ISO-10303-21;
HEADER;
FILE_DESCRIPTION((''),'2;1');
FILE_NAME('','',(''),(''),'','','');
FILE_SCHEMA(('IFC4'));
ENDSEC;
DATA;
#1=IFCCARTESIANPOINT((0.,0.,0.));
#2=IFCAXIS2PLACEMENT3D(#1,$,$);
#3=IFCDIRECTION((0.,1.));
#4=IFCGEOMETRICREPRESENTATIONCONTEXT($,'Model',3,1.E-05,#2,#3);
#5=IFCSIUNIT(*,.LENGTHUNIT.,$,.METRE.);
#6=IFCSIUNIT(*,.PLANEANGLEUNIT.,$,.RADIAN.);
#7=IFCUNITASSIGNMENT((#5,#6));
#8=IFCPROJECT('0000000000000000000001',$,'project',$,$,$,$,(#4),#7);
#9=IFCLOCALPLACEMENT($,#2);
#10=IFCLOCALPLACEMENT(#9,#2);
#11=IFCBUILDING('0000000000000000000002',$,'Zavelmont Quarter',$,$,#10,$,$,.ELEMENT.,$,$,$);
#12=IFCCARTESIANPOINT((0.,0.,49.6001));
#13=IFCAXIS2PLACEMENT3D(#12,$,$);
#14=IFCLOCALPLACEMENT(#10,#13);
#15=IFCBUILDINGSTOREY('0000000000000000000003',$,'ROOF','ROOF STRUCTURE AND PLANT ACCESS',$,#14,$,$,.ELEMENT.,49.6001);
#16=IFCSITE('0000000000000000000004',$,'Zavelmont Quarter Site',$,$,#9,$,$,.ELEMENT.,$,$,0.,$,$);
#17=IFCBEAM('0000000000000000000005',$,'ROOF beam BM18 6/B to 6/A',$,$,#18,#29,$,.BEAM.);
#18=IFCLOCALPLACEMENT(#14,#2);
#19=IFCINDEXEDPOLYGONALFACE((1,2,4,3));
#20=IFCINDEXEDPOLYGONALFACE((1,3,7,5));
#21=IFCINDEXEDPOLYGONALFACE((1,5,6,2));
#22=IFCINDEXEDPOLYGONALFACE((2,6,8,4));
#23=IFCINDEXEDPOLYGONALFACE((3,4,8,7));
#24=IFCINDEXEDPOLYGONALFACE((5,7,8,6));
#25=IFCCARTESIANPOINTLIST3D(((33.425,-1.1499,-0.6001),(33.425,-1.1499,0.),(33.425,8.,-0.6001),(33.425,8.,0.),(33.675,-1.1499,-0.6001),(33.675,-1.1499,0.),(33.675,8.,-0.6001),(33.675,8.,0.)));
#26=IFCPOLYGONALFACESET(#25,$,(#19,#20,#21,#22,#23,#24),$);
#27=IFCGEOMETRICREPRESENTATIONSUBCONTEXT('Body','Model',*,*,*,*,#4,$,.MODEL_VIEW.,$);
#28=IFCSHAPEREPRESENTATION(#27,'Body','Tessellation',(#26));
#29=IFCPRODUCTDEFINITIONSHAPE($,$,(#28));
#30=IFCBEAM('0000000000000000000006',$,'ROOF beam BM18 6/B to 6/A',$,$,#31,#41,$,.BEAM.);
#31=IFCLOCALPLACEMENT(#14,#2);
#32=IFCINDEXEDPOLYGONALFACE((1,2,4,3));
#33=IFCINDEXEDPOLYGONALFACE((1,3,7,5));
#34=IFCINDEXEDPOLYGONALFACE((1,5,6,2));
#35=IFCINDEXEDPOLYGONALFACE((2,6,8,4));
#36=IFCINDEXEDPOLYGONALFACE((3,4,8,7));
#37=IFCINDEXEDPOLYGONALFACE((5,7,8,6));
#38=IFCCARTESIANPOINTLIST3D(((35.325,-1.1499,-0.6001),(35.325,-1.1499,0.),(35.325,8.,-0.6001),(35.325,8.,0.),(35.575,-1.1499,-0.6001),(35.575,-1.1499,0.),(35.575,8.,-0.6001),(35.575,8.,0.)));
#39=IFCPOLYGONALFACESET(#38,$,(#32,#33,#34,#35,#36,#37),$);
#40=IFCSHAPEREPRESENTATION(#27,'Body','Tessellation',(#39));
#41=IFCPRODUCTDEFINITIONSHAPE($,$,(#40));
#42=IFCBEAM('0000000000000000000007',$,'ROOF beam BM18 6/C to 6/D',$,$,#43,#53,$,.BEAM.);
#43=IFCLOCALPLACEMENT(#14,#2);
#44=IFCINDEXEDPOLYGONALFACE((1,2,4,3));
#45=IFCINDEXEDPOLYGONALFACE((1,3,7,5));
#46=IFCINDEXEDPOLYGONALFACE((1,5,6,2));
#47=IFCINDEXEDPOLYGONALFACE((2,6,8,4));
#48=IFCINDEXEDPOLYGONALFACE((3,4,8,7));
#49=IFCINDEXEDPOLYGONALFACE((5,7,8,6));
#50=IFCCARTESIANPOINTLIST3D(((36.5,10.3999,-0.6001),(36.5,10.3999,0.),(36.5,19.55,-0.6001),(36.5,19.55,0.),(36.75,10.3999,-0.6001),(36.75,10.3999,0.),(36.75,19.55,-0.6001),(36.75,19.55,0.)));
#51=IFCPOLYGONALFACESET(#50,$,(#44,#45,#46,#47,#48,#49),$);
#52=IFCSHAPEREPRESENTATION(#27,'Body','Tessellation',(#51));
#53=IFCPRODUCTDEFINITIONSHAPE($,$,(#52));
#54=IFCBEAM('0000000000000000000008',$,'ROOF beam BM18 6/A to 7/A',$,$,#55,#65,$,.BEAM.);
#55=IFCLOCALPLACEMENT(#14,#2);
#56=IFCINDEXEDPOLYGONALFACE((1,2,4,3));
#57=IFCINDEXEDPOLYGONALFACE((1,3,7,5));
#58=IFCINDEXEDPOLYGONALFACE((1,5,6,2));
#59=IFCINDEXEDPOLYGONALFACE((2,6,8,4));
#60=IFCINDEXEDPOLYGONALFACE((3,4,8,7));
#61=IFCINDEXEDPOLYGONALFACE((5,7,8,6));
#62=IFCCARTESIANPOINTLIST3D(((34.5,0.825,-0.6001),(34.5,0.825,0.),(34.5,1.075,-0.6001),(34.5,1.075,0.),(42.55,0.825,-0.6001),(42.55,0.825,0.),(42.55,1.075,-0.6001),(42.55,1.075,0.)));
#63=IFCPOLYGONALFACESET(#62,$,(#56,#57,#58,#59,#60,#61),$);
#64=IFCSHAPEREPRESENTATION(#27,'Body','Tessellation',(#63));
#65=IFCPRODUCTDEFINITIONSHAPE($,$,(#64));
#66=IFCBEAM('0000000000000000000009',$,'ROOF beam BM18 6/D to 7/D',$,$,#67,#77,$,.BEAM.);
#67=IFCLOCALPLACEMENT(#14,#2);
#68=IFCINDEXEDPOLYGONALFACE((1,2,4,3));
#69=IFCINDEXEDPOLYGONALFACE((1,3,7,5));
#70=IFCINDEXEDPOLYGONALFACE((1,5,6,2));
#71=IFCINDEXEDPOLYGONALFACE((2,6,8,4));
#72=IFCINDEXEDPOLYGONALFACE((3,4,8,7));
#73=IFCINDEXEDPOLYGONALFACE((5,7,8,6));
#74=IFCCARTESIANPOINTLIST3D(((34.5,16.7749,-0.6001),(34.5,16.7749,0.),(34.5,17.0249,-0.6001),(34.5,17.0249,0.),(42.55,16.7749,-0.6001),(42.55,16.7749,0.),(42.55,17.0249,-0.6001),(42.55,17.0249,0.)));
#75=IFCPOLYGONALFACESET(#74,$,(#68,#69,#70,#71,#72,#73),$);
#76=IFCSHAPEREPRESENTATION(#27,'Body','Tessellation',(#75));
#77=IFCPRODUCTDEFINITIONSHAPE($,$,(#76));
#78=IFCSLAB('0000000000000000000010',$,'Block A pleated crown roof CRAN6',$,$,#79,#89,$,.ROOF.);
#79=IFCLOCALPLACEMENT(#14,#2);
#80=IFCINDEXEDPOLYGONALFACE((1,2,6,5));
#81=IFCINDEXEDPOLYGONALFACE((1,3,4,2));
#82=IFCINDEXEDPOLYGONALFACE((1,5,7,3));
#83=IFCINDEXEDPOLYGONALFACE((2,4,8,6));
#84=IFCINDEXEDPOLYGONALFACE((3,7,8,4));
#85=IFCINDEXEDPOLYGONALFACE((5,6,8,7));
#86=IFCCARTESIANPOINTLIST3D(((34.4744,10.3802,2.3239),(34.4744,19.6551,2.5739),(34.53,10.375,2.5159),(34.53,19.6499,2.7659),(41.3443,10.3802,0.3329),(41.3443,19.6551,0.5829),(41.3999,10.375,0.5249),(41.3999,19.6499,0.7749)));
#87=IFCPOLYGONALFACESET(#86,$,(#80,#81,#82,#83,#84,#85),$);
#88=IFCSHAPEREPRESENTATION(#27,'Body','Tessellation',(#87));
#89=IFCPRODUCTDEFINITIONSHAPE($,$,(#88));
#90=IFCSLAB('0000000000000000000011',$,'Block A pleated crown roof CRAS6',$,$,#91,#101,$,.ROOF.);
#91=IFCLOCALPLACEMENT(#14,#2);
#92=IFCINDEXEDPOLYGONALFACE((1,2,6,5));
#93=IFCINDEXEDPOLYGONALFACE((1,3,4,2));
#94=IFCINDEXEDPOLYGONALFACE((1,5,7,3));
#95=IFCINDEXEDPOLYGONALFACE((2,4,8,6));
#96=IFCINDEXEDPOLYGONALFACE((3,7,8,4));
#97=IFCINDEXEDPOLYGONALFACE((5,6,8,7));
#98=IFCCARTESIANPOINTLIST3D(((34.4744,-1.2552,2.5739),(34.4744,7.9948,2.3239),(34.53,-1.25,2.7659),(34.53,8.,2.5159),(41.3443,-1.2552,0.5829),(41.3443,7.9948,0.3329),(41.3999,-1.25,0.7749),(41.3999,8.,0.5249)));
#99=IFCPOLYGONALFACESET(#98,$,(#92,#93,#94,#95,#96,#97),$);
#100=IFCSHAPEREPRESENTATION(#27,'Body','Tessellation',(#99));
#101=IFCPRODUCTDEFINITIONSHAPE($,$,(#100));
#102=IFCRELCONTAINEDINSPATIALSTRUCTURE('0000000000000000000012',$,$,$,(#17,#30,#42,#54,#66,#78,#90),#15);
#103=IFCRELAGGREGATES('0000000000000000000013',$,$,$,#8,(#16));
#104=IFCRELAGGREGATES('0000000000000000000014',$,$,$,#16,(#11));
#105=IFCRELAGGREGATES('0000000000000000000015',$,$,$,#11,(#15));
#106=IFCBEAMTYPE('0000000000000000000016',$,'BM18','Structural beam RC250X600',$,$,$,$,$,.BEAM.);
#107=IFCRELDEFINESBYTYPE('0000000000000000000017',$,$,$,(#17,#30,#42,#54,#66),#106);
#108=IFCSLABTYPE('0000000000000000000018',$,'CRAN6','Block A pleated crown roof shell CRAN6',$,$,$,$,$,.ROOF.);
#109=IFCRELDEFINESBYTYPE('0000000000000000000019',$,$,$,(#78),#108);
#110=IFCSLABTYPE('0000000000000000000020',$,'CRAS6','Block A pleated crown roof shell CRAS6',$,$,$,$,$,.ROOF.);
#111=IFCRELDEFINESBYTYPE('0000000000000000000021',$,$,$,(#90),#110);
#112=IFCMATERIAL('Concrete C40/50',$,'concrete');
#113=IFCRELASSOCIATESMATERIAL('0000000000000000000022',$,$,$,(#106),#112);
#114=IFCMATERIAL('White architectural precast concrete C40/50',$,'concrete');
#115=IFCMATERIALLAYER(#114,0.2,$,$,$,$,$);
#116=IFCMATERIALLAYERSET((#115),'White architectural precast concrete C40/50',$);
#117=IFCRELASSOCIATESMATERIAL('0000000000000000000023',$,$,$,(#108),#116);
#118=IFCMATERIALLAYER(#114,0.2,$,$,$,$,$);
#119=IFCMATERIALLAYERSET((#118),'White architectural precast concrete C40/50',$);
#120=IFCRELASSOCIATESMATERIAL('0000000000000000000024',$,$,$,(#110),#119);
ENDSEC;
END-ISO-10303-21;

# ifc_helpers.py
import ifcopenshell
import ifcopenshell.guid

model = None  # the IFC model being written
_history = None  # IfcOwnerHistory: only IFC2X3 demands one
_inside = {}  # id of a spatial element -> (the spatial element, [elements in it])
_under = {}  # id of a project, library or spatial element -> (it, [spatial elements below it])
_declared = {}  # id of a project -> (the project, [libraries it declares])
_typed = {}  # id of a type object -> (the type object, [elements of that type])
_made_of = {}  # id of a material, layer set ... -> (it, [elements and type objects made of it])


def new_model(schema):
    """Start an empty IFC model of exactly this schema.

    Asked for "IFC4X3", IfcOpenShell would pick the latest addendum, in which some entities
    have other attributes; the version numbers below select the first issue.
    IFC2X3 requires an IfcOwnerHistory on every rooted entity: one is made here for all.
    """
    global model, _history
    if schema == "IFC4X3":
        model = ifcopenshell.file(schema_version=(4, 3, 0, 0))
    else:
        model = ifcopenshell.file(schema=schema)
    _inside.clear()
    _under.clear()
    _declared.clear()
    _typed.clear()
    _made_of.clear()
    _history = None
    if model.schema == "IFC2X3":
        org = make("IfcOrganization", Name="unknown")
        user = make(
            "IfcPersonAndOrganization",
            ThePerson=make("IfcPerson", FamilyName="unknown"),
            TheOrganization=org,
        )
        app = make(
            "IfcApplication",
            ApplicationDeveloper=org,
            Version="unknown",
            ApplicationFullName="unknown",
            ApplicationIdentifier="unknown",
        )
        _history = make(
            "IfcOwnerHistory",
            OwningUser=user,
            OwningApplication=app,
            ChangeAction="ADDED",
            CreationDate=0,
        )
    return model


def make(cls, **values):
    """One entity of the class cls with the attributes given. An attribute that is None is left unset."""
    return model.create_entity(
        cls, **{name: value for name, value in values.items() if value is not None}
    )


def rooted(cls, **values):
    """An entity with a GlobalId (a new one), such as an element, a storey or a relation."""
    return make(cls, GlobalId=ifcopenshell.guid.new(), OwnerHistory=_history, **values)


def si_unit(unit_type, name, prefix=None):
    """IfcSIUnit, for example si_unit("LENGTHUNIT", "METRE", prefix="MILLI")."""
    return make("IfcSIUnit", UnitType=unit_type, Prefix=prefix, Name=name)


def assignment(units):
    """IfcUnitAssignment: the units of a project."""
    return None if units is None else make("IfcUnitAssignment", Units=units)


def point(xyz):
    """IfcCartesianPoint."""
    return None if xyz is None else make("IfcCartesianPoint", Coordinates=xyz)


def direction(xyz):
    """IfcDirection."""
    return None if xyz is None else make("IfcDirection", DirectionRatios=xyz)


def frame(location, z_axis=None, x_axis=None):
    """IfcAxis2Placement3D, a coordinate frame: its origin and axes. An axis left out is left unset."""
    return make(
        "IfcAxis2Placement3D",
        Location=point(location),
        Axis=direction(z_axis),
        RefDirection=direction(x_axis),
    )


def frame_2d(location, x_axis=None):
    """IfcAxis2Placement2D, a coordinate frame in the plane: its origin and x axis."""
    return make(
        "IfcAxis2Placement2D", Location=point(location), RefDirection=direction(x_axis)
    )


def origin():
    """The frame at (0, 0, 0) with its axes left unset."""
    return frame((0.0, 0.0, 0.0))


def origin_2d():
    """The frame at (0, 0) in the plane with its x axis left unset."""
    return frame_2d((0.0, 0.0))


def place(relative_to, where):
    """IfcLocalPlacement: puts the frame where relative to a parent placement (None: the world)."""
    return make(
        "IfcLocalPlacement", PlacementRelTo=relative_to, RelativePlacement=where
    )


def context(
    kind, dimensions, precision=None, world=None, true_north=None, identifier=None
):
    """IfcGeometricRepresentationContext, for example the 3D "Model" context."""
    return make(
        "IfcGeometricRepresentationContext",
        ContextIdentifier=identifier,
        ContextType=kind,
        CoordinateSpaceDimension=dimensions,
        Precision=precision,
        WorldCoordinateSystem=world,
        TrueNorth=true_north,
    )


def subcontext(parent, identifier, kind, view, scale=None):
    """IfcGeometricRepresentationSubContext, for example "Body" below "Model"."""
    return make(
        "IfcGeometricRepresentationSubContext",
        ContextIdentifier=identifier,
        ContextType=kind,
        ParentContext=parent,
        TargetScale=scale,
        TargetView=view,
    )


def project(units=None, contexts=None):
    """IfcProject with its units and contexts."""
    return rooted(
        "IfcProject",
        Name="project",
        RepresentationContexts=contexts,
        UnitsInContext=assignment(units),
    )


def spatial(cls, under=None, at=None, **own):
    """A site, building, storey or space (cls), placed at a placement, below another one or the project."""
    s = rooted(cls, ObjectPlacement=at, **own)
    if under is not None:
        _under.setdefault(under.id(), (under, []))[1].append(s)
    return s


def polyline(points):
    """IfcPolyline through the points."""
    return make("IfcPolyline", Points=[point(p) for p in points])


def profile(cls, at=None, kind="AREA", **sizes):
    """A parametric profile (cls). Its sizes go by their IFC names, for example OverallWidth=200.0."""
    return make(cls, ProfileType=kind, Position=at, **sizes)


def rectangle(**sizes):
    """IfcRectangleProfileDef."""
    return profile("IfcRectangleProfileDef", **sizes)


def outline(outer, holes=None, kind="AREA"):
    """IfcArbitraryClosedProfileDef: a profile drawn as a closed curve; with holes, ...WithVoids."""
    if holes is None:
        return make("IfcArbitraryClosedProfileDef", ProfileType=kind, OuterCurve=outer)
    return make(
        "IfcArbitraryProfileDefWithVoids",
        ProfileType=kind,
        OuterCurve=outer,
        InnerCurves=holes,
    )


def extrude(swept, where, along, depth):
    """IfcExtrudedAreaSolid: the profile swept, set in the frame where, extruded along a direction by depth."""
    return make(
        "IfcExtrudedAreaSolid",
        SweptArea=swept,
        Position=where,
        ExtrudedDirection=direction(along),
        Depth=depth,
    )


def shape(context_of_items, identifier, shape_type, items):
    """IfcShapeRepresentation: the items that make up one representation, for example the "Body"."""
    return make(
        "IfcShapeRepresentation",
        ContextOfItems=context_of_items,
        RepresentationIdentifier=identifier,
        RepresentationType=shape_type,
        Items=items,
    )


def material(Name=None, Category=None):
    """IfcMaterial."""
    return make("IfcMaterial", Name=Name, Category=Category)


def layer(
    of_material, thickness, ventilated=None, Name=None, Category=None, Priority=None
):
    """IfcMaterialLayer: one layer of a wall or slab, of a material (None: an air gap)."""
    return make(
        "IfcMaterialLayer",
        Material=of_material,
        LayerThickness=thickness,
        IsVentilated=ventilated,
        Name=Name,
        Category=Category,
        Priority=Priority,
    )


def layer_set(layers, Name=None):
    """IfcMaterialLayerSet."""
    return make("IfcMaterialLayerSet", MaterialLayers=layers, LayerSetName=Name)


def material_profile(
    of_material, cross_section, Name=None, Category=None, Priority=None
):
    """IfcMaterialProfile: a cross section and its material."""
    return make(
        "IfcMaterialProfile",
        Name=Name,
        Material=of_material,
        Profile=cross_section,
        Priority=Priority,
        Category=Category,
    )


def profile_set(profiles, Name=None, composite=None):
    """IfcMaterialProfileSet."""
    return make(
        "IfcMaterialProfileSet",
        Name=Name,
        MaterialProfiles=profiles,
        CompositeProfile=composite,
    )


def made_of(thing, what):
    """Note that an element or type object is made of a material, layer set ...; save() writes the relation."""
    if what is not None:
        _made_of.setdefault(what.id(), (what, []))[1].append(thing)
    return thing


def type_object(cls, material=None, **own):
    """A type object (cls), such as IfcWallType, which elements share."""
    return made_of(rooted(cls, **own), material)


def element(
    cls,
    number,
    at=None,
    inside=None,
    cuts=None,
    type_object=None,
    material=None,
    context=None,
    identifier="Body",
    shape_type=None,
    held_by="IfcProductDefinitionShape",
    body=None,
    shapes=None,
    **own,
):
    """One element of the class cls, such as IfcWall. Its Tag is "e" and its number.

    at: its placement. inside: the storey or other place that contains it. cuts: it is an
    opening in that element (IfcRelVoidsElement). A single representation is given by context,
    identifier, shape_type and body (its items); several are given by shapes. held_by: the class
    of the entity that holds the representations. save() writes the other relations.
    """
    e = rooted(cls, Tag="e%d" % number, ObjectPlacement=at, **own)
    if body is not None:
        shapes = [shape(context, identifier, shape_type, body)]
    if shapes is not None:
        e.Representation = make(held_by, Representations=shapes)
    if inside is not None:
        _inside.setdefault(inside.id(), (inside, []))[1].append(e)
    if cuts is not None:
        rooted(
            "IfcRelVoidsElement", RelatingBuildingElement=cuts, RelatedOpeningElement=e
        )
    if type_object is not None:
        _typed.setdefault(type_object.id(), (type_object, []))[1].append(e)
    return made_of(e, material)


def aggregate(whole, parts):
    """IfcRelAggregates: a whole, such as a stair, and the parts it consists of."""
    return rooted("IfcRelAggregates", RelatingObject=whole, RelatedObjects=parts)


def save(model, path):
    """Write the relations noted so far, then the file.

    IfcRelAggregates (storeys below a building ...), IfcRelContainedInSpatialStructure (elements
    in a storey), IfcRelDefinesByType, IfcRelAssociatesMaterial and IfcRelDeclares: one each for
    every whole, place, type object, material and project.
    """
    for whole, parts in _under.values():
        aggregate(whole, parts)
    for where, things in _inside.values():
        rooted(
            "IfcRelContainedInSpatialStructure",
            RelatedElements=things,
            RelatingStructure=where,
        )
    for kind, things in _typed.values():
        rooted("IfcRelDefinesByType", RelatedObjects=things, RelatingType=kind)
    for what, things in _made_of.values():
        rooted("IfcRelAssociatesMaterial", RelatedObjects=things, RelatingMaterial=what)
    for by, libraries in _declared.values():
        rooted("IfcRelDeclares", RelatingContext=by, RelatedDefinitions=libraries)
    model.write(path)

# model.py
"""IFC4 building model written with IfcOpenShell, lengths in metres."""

from ifc_helpers import new_model, si_unit, direction, frame, origin, origin_2d, place, context, subcontext, project, spatial, polyline, rectangle, outline, extrude, material, layer, layer_set, material_profile, profile_set, type_object, element, save


model = new_model("IFC4")

# Units and contexts
model_context = context("Model", 3, precision=1e-05, world=origin(), true_north=direction((0.0, 1.0)))
body_context = subcontext(model_context, "Body", "Model", "MODEL_VIEW")
ifc_project = project(units=[si_unit("LENGTHUNIT", "METRE"), si_unit("PLANEANGLEUNIT", "RADIAN")], contexts=[model_context])

# Site, building, storey
site_placement = place(None, origin())
site = spatial("IfcSite", under=ifc_project, at=site_placement, Name="Zavelmont Quarter Site", CompositionType="ELEMENT", RefElevation=0.0)
building_placement = place(site_placement, origin())
building = spatial("IfcBuilding", under=site, at=building_placement, Name="Zavelmont Quarter", CompositionType="ELEMENT")
storey_placement = place(building_placement, frame((0.0, 0.0, 49.6001)))
storey = spatial("IfcBuildingStorey", under=building, at=storey_placement, Name="ROOF", Description="ROOF STRUCTURE AND PLANT ACCESS", CompositionType="ELEMENT", Elevation=49.6001)

# Beams
ifc_material_1 = material(Name="Concrete C40/50", Category="concrete")
ifc_material_profile_1 = material_profile(ifc_material_1, rectangle(XDim=0.25, YDim=0.6001, at=origin_2d()), Name="RC250X600")
ifc_profile_set_1 = profile_set([ifc_material_profile_1], Name="Concrete C40/50")
beam_type_1 = type_object("IfcBeamType", Name="BM18", Description="Structural beam RC250X600", PredefinedType="BEAM", material=ifc_profile_set_1)
for number, where, z_axis, x_axis, name in (
    (1, (33.55, 8.0, -0.3), (0.0, -1.0, 0.0), (1.0, 0.0, 0.0), "ROOF beam BM18 6/B to 6/A"),
    (2, (35.45, 8.0, -0.3), (0.0, -1.0, 0.0), (1.0, 0.0, 0.0), "ROOF beam BM18 6/B to 6/A"),
):
    element("IfcBeam", number, at=place(storey_placement, frame(where, z_axis=z_axis, x_axis=x_axis)), inside=storey, type_object=beam_type_1, Name=name, PredefinedType="BEAM", context=body_context, shape_type="SweptSolid", body=[
        extrude(rectangle(XDim=0.25, YDim=0.6001, at=origin_2d()), origin(), (0.0, 0.0, 1.0), 9.1499),
    ])
beam_1_placement = place(storey_placement, frame((36.625, 10.3999, -0.3), z_axis=(0.0, 1.0, 0.0), x_axis=(-1.0, 0.0, 0.0)))
element("IfcBeam", 3, at=beam_1_placement, inside=storey, type_object=beam_type_1, Name="ROOF beam BM18 6/C to 6/D", PredefinedType="BEAM", context=body_context, shape_type="SweptSolid", body=[
    extrude(rectangle(XDim=0.25, YDim=0.6001, at=origin_2d()), origin(), (0.0, 0.0, 1.0), 9.1501),
])
for number, where, z_axis, x_axis, name in (
    (4, (34.5, 0.95, -0.3), (1.0, 0.0, 0.0), (0.0, 1.0, 0.0), "ROOF beam BM18 6/A to 7/A"),
    (5, (34.5, 16.8999, -0.3), (1.0, 0.0, 0.0), (0.0, 1.0, 0.0), "ROOF beam BM18 6/D to 7/D"),
):
    element("IfcBeam", number, at=place(storey_placement, frame(where, z_axis=z_axis, x_axis=x_axis)), inside=storey, type_object=beam_type_1, Name=name, PredefinedType="BEAM", context=body_context, shape_type="SweptSolid", body=[
        extrude(rectangle(XDim=0.25, YDim=0.6001, at=origin_2d()), origin(), (0.0, 0.0, 1.0), 8.05),
    ])

# Slabs
ifc_material_2 = material(Name="White architectural precast concrete C40/50", Category="concrete")
ifc_layer_1 = layer(ifc_material_2, 0.2)
ifc_layer_set_1 = layer_set([ifc_layer_1], Name="White architectural precast concrete C40/50")
slab_type_1 = type_object("IfcSlabType", Name="CRAN6", Description="Block A pleated crown roof shell CRAN6", PredefinedType="ROOF", material=ifc_layer_set_1)
slab_1_placement = place(storey_placement, frame((34.53, 10.375, 2.5159), z_axis=(0.278264, -0.02588, 0.960156), x_axis=(0.960478, 0.0, -0.278357)))
element("IfcSlab", 6, at=slab_1_placement, inside=storey, type_object=slab_type_1, Name="Block A pleated crown roof CRAN6", PredefinedType="ROOF", context=body_context, shape_type="SweptSolid", body=[
    extrude(outline(polyline([(0.0, 0.0), (7.1526, 0.0), (7.083, 9.278), (-0.0696, 9.278), (0.0, 0.0)])), origin(), (0.0, 0.0, -1.0), 0.2),
])
ifc_layer_2 = layer(ifc_material_2, 0.2)
ifc_layer_set_2 = layer_set([ifc_layer_2], Name="White architectural precast concrete C40/50")
slab_type_2 = type_object("IfcSlabType", Name="CRAS6", Description="Block A pleated crown roof shell CRAS6", PredefinedType="ROOF", material=ifc_layer_set_2)
slab_2_placement = place(storey_placement, frame((34.53, -1.25, 2.7659), z_axis=(0.278264, 0.02595, 0.960154), x_axis=(0.960478, 0.0, -0.278357)))
element("IfcSlab", 7, at=slab_2_placement, inside=storey, type_object=slab_type_2, Name="Block A pleated crown roof CRAS6", PredefinedType="ROOF", context=body_context, shape_type="SweptSolid", body=[
    extrude(outline(polyline([(0.0, 0.0), (7.1526, 0.0), (7.2221, 9.2531), (0.0696, 9.2531), (0.0, 0.0)])), origin(), (0.0, 0.0, -1.0), 0.2),
])

save(model, "model.ifc")
